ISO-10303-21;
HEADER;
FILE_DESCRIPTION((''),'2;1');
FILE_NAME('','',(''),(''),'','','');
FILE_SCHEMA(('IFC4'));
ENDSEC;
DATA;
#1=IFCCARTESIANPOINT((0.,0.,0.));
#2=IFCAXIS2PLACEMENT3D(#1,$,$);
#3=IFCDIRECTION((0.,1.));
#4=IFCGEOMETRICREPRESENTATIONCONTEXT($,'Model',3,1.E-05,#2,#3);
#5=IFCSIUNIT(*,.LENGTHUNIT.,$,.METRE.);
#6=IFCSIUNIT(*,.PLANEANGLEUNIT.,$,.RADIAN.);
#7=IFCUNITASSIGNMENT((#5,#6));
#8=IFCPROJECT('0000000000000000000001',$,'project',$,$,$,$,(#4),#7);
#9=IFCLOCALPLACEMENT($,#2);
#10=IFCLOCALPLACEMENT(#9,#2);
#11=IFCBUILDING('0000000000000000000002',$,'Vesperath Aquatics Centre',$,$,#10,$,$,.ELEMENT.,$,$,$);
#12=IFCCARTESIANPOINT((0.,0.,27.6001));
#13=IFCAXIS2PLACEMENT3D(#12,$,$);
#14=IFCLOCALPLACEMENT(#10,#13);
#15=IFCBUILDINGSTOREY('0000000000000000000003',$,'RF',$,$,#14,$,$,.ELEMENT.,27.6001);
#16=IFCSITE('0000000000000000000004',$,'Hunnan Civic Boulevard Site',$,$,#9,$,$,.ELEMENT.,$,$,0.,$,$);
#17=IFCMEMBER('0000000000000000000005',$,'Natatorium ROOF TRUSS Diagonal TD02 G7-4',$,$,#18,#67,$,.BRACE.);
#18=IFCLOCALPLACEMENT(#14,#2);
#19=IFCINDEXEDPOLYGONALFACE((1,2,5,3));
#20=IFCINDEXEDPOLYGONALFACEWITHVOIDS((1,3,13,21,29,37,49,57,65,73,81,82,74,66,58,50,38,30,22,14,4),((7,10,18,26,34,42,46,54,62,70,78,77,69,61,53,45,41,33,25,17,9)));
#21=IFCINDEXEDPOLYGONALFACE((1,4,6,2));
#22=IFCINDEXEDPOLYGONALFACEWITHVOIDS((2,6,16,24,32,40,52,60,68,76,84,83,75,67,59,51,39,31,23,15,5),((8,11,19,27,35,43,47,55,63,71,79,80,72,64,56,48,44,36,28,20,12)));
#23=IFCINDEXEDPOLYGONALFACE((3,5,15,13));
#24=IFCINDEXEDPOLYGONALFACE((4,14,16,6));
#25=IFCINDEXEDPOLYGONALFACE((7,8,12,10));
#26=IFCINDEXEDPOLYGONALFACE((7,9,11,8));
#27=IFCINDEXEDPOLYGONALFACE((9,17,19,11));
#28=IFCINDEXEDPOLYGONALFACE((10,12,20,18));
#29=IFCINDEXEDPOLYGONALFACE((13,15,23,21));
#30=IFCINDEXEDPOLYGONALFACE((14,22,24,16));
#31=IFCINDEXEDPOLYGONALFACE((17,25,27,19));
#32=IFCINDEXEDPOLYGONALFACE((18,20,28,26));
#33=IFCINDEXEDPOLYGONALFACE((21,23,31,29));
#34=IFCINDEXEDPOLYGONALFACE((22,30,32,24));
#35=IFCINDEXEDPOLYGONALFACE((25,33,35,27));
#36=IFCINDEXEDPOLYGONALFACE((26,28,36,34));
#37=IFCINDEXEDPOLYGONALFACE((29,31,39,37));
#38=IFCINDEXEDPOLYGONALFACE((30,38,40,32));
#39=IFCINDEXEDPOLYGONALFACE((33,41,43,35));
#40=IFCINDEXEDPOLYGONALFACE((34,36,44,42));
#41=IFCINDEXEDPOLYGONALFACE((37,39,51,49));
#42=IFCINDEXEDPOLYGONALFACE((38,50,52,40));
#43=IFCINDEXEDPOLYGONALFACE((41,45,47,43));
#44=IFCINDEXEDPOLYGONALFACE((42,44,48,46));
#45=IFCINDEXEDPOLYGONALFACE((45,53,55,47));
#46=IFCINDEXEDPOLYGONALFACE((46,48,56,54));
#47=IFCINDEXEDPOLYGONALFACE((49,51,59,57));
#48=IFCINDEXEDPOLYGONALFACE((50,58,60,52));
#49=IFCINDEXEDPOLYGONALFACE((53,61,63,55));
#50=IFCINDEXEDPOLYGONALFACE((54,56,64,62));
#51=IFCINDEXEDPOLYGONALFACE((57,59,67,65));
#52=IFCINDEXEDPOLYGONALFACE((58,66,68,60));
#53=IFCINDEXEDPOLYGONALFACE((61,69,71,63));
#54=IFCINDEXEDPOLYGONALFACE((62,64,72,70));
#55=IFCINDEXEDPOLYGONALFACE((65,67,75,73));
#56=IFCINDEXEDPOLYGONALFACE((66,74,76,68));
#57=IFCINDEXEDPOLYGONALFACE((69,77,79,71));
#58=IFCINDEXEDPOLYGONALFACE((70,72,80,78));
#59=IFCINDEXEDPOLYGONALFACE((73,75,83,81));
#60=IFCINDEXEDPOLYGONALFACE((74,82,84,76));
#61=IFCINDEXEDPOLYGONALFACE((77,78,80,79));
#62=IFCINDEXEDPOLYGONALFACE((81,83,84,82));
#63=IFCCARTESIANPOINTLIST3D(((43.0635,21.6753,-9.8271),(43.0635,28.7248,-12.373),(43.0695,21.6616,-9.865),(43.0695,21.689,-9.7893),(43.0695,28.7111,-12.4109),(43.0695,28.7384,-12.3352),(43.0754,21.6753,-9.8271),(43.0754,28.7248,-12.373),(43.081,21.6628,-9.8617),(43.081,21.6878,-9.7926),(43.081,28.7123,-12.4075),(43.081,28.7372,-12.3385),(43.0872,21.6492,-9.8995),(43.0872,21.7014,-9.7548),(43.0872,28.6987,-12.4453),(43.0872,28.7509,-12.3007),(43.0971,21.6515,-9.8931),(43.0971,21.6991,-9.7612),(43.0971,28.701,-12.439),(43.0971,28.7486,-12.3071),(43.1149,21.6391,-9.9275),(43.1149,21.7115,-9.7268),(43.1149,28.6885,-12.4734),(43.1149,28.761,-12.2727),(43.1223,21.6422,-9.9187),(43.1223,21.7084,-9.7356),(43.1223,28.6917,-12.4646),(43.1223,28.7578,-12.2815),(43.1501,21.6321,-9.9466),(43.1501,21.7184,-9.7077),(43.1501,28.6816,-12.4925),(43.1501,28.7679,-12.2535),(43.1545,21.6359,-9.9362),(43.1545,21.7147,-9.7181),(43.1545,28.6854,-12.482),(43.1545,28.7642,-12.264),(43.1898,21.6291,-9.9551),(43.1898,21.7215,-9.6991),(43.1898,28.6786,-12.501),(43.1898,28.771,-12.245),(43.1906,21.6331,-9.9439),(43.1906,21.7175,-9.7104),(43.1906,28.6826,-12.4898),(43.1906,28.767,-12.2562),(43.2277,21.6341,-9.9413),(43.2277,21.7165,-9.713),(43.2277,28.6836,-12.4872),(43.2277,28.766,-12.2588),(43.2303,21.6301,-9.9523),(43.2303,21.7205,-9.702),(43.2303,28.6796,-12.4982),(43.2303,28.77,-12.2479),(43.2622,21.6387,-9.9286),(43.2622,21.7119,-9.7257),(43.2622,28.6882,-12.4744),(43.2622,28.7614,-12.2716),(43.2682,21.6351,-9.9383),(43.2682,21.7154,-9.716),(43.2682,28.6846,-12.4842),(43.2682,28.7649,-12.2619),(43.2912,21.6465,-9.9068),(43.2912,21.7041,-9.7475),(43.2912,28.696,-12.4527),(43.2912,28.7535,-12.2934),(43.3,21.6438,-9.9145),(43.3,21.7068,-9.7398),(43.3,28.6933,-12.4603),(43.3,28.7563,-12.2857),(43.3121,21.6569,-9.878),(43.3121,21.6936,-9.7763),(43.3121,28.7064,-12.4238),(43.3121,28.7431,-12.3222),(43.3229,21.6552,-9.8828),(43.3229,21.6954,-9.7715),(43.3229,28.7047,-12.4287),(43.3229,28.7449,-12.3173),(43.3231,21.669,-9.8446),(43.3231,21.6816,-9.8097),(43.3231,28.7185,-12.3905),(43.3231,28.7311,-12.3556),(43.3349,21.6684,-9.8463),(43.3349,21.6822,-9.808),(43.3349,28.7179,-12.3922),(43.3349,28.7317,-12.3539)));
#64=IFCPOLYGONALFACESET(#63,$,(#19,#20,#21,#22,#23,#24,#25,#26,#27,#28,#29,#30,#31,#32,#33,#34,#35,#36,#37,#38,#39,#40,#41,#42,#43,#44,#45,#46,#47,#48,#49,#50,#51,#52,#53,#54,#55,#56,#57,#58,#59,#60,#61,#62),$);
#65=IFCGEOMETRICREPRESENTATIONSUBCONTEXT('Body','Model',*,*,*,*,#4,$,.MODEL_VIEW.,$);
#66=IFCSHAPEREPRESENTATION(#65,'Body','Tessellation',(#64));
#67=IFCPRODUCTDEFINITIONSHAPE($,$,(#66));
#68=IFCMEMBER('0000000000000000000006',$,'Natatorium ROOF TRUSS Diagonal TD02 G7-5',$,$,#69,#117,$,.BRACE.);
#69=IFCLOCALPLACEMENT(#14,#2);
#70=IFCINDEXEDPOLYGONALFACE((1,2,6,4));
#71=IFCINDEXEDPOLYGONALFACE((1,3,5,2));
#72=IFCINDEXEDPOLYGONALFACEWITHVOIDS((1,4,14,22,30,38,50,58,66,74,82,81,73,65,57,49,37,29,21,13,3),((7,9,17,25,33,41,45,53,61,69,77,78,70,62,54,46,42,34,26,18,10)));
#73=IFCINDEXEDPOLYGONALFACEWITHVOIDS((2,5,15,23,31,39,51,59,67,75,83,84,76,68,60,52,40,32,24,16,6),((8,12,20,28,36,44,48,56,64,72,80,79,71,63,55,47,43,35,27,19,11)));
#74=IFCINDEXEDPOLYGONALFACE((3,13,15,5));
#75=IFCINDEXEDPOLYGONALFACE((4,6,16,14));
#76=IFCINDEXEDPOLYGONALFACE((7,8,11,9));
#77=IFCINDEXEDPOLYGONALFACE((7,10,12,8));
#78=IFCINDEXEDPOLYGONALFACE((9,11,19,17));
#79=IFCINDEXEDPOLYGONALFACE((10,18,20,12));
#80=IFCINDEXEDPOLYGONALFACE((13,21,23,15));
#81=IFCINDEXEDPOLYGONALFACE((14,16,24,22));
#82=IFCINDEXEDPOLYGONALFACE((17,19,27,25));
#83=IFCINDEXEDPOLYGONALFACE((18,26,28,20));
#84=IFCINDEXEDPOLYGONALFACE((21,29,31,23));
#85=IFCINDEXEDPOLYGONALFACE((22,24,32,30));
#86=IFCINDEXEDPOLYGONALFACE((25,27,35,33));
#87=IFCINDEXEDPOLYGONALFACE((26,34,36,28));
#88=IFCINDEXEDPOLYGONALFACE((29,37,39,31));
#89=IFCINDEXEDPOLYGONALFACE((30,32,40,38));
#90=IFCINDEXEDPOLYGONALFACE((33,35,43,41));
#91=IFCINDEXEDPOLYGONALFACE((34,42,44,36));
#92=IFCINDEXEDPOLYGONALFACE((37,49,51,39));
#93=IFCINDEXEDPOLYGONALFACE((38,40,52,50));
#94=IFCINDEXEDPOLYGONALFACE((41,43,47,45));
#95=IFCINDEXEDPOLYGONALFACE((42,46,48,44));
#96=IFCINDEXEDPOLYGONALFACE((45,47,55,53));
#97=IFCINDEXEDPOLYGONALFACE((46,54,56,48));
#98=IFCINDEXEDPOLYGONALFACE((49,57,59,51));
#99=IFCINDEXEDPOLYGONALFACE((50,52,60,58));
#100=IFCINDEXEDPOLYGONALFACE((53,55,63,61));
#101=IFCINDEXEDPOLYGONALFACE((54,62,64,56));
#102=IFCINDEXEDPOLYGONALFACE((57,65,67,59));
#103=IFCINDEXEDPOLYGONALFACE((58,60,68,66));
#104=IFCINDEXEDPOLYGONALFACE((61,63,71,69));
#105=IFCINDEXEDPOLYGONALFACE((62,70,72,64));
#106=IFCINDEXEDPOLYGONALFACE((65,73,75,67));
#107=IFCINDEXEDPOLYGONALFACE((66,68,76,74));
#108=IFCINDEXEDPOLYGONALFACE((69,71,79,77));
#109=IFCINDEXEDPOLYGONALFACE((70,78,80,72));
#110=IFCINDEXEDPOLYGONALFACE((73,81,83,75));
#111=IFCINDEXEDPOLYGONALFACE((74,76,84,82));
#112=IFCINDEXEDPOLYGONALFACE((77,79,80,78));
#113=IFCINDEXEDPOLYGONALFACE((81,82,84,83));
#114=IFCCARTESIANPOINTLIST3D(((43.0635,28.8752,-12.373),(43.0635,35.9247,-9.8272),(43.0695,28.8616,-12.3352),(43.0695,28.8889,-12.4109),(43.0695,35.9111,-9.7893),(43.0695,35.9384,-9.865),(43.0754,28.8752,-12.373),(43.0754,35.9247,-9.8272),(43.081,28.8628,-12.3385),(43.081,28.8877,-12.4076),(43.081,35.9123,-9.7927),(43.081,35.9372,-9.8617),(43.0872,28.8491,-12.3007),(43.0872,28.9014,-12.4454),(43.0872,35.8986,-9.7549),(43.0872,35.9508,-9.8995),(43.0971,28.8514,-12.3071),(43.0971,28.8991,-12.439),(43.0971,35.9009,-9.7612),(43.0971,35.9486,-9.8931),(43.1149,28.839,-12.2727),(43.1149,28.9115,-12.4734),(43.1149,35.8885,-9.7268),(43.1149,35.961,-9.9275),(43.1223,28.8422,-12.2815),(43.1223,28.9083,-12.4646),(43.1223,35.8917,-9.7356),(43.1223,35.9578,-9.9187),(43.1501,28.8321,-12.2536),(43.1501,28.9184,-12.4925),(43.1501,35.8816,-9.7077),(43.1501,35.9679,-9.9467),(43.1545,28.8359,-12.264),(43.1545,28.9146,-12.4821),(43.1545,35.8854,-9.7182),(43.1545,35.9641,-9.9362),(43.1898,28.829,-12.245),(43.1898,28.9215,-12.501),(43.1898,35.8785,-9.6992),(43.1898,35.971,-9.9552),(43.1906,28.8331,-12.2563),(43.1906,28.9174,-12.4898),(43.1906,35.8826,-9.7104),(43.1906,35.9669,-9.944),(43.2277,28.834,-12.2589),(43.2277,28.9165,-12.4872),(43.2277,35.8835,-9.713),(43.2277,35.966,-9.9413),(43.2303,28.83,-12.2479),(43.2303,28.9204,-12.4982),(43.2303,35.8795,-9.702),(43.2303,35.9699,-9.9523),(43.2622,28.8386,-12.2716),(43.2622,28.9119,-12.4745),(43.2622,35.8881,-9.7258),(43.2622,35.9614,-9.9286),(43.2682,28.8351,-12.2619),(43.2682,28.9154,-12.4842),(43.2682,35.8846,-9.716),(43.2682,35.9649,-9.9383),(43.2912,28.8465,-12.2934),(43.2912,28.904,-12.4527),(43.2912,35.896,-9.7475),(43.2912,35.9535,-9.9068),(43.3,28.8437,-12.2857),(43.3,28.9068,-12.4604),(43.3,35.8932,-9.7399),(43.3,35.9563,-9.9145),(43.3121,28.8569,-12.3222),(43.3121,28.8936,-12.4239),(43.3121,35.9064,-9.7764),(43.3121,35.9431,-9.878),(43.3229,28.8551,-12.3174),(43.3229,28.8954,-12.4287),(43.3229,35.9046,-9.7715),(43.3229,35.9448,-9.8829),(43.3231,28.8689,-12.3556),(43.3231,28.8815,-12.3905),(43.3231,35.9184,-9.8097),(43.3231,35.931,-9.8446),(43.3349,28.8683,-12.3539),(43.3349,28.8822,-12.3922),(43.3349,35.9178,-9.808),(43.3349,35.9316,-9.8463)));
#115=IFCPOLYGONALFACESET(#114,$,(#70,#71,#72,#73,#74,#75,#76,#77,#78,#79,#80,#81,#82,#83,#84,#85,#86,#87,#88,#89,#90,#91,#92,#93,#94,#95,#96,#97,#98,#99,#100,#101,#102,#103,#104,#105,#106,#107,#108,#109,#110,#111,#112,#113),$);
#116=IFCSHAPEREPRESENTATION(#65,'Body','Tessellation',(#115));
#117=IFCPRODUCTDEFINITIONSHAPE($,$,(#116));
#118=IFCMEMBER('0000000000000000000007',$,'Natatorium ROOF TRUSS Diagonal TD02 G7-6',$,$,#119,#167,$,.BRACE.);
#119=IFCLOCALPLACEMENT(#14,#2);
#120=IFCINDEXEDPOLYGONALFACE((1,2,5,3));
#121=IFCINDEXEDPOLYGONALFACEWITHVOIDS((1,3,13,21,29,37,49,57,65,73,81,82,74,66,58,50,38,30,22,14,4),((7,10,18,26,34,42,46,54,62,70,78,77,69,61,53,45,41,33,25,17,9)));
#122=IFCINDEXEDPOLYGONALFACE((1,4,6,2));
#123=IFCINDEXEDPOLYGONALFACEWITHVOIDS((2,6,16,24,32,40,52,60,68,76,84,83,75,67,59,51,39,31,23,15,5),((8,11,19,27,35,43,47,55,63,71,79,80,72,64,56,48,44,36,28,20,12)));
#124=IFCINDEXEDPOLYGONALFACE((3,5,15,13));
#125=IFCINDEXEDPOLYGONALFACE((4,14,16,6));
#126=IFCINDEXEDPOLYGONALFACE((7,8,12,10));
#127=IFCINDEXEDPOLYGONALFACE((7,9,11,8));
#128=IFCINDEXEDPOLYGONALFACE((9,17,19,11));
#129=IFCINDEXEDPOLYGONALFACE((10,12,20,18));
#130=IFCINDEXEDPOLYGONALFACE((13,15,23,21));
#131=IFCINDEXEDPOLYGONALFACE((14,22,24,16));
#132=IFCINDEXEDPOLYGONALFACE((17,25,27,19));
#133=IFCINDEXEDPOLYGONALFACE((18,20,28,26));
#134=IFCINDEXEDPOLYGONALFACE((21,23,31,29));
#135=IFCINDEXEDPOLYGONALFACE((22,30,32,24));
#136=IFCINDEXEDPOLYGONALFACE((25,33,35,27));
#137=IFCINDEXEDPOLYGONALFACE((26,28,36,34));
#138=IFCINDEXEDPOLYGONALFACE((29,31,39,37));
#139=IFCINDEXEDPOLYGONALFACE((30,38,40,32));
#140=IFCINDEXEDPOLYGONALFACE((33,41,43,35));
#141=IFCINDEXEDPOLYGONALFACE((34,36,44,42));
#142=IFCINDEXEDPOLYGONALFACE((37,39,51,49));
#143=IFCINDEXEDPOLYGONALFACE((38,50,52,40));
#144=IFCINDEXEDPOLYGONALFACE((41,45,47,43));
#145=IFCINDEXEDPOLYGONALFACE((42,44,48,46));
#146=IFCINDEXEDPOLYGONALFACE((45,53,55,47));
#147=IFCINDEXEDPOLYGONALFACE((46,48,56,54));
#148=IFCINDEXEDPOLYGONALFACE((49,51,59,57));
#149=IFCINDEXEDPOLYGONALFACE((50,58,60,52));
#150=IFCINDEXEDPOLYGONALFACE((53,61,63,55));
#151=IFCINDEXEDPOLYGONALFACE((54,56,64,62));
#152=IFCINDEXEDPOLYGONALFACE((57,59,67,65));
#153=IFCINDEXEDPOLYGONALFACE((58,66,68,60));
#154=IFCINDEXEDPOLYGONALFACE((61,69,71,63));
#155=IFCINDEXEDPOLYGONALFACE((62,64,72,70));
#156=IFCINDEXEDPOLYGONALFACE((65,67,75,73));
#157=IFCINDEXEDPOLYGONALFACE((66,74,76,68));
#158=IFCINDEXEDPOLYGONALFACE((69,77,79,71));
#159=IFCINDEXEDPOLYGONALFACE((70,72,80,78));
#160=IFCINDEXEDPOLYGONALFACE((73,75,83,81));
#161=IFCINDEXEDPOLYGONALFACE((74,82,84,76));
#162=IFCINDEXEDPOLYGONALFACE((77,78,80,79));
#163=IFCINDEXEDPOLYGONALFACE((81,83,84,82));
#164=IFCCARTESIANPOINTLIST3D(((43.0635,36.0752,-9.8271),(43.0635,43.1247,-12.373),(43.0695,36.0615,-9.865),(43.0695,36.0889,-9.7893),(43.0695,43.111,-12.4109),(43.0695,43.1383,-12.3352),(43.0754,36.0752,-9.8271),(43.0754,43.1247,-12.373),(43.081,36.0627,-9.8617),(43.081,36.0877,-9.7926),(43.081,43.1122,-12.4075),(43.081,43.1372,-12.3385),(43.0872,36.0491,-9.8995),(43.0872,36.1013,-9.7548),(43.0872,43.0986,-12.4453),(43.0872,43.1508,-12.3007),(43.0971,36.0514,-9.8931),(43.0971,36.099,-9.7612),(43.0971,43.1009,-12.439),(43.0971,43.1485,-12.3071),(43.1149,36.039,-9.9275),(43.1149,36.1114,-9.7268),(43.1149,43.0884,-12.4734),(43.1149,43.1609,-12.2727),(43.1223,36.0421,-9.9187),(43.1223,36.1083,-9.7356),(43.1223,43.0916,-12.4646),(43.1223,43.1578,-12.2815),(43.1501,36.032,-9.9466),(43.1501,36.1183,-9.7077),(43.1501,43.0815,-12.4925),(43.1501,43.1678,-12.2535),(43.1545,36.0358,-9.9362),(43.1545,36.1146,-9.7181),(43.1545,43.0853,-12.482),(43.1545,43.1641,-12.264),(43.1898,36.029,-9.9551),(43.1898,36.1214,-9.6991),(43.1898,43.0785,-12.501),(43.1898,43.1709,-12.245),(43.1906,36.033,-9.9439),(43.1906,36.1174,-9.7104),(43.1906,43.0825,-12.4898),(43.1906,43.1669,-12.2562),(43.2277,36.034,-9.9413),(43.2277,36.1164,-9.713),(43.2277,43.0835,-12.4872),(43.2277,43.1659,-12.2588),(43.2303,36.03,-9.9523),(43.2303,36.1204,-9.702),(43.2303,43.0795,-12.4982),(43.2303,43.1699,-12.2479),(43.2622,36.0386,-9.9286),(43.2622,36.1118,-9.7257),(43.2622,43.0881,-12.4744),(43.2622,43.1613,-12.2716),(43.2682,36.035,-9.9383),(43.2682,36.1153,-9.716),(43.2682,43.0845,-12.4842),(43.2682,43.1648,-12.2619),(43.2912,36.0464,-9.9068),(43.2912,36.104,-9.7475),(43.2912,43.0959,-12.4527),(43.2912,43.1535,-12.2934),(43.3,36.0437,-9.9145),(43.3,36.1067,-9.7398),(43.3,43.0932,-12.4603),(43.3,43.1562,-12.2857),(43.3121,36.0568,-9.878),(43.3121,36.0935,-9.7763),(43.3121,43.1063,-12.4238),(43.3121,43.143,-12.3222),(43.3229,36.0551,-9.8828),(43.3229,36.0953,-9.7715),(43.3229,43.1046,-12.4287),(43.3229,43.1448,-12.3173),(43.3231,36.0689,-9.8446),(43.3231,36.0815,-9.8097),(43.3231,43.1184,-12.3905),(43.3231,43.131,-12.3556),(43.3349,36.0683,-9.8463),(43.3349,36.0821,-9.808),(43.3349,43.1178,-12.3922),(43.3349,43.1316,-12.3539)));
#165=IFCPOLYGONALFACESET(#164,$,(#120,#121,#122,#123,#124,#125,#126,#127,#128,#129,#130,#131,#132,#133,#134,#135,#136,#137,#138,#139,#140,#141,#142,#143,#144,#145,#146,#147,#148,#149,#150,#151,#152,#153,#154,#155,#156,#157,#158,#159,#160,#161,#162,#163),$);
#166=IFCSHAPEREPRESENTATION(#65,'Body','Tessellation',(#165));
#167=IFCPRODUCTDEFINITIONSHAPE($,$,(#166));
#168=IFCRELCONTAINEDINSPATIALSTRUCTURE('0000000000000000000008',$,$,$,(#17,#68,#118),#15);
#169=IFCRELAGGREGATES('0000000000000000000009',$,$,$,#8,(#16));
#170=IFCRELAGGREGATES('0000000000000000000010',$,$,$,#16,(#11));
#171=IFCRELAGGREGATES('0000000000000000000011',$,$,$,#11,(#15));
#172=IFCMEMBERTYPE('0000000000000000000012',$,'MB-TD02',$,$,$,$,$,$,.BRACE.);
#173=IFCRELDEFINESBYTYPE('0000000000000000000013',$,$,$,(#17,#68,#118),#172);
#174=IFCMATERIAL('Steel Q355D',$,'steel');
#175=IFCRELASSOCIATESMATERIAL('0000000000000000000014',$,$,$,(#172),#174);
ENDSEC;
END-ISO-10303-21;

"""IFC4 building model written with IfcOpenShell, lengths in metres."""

from ifc_helpers import new_model, si_unit, direction, frame, origin, origin_2d, place, context, subcontext, project, spatial, hollow_circle, extrude, material, material_profile, profile_set, type_object, element, save


model = new_model("IFC4")

# Units and contexts
model_context = context("Model", 3, precision=1e-05, world=origin(), true_north=direction((0.0, 1.0)))
body_context = subcontext(model_context, "Body", "Model", "MODEL_VIEW")
ifc_project = project(units=[si_unit("LENGTHUNIT", "METRE"), si_unit("PLANEANGLEUNIT", "RADIAN")], contexts=[model_context])

# Site, building, storey
site_placement = place(None, origin())
site = spatial("IfcSite", under=ifc_project, at=site_placement, Name="Hunnan Civic Boulevard Site", CompositionType="ELEMENT", RefElevation=0.0)
building_placement = place(site_placement, origin())
building = spatial("IfcBuilding", under=site, at=building_placement, Name="Vesperath Aquatics Centre", CompositionType="ELEMENT")
storey_placement = place(building_placement, frame((0.0, 0.0, 27.6001)))
storey = spatial("IfcBuildingStorey", under=building, at=storey_placement, Name="RF", CompositionType="ELEMENT", Elevation=27.6001)

# Members
ifc_material_1 = material(Name="Steel Q355D", Category="steel")
ifc_material_profile_1 = material_profile(ifc_material_1, hollow_circle(Radius=0.1365, WallThickness=0.012, at=origin_2d()), Name="CHS 273.0x12")
ifc_profile_set_1 = profile_set([ifc_material_profile_1], Name="Steel Q355D")
member_type_1 = type_object("IfcMemberType", Name="MB-TD02", PredefinedType="BRACE", material=ifc_profile_set_1)
for number, where, z_axis, x_axis, name in (
    (1, (43.2, 21.6753, -9.8271), (0.0, 0.940544, -0.339671), (-1.0, 0.0, 0.0), "Natatorium ROOF TRUSS Diagonal TD02 G7-4"),
    (2, (43.2, 28.8752, -12.373), (0.0, 0.940544, 0.339671), (-1.0, 0.0, 0.0), "Natatorium ROOF TRUSS Diagonal TD02 G7-5"),
    (3, (43.2, 36.0752, -9.8271), (0.0, 0.940544, -0.339671), (-1.0, 0.0, 0.0), "Natatorium ROOF TRUSS Diagonal TD02 G7-6"),
):
    element("IfcMember", number, at=place(storey_placement, frame(where, z_axis=z_axis, x_axis=x_axis)), inside=storey, type_object=member_type_1, Name=name, PredefinedType="BRACE", context=body_context, shape_type="SweptSolid", body=[
        extrude(hollow_circle(Radius=0.1365, WallThickness=0.012, at=origin_2d()), origin(), (0.0, 0.0, 1.0), 7.4951),
    ])

save(model, "model.ifc")
